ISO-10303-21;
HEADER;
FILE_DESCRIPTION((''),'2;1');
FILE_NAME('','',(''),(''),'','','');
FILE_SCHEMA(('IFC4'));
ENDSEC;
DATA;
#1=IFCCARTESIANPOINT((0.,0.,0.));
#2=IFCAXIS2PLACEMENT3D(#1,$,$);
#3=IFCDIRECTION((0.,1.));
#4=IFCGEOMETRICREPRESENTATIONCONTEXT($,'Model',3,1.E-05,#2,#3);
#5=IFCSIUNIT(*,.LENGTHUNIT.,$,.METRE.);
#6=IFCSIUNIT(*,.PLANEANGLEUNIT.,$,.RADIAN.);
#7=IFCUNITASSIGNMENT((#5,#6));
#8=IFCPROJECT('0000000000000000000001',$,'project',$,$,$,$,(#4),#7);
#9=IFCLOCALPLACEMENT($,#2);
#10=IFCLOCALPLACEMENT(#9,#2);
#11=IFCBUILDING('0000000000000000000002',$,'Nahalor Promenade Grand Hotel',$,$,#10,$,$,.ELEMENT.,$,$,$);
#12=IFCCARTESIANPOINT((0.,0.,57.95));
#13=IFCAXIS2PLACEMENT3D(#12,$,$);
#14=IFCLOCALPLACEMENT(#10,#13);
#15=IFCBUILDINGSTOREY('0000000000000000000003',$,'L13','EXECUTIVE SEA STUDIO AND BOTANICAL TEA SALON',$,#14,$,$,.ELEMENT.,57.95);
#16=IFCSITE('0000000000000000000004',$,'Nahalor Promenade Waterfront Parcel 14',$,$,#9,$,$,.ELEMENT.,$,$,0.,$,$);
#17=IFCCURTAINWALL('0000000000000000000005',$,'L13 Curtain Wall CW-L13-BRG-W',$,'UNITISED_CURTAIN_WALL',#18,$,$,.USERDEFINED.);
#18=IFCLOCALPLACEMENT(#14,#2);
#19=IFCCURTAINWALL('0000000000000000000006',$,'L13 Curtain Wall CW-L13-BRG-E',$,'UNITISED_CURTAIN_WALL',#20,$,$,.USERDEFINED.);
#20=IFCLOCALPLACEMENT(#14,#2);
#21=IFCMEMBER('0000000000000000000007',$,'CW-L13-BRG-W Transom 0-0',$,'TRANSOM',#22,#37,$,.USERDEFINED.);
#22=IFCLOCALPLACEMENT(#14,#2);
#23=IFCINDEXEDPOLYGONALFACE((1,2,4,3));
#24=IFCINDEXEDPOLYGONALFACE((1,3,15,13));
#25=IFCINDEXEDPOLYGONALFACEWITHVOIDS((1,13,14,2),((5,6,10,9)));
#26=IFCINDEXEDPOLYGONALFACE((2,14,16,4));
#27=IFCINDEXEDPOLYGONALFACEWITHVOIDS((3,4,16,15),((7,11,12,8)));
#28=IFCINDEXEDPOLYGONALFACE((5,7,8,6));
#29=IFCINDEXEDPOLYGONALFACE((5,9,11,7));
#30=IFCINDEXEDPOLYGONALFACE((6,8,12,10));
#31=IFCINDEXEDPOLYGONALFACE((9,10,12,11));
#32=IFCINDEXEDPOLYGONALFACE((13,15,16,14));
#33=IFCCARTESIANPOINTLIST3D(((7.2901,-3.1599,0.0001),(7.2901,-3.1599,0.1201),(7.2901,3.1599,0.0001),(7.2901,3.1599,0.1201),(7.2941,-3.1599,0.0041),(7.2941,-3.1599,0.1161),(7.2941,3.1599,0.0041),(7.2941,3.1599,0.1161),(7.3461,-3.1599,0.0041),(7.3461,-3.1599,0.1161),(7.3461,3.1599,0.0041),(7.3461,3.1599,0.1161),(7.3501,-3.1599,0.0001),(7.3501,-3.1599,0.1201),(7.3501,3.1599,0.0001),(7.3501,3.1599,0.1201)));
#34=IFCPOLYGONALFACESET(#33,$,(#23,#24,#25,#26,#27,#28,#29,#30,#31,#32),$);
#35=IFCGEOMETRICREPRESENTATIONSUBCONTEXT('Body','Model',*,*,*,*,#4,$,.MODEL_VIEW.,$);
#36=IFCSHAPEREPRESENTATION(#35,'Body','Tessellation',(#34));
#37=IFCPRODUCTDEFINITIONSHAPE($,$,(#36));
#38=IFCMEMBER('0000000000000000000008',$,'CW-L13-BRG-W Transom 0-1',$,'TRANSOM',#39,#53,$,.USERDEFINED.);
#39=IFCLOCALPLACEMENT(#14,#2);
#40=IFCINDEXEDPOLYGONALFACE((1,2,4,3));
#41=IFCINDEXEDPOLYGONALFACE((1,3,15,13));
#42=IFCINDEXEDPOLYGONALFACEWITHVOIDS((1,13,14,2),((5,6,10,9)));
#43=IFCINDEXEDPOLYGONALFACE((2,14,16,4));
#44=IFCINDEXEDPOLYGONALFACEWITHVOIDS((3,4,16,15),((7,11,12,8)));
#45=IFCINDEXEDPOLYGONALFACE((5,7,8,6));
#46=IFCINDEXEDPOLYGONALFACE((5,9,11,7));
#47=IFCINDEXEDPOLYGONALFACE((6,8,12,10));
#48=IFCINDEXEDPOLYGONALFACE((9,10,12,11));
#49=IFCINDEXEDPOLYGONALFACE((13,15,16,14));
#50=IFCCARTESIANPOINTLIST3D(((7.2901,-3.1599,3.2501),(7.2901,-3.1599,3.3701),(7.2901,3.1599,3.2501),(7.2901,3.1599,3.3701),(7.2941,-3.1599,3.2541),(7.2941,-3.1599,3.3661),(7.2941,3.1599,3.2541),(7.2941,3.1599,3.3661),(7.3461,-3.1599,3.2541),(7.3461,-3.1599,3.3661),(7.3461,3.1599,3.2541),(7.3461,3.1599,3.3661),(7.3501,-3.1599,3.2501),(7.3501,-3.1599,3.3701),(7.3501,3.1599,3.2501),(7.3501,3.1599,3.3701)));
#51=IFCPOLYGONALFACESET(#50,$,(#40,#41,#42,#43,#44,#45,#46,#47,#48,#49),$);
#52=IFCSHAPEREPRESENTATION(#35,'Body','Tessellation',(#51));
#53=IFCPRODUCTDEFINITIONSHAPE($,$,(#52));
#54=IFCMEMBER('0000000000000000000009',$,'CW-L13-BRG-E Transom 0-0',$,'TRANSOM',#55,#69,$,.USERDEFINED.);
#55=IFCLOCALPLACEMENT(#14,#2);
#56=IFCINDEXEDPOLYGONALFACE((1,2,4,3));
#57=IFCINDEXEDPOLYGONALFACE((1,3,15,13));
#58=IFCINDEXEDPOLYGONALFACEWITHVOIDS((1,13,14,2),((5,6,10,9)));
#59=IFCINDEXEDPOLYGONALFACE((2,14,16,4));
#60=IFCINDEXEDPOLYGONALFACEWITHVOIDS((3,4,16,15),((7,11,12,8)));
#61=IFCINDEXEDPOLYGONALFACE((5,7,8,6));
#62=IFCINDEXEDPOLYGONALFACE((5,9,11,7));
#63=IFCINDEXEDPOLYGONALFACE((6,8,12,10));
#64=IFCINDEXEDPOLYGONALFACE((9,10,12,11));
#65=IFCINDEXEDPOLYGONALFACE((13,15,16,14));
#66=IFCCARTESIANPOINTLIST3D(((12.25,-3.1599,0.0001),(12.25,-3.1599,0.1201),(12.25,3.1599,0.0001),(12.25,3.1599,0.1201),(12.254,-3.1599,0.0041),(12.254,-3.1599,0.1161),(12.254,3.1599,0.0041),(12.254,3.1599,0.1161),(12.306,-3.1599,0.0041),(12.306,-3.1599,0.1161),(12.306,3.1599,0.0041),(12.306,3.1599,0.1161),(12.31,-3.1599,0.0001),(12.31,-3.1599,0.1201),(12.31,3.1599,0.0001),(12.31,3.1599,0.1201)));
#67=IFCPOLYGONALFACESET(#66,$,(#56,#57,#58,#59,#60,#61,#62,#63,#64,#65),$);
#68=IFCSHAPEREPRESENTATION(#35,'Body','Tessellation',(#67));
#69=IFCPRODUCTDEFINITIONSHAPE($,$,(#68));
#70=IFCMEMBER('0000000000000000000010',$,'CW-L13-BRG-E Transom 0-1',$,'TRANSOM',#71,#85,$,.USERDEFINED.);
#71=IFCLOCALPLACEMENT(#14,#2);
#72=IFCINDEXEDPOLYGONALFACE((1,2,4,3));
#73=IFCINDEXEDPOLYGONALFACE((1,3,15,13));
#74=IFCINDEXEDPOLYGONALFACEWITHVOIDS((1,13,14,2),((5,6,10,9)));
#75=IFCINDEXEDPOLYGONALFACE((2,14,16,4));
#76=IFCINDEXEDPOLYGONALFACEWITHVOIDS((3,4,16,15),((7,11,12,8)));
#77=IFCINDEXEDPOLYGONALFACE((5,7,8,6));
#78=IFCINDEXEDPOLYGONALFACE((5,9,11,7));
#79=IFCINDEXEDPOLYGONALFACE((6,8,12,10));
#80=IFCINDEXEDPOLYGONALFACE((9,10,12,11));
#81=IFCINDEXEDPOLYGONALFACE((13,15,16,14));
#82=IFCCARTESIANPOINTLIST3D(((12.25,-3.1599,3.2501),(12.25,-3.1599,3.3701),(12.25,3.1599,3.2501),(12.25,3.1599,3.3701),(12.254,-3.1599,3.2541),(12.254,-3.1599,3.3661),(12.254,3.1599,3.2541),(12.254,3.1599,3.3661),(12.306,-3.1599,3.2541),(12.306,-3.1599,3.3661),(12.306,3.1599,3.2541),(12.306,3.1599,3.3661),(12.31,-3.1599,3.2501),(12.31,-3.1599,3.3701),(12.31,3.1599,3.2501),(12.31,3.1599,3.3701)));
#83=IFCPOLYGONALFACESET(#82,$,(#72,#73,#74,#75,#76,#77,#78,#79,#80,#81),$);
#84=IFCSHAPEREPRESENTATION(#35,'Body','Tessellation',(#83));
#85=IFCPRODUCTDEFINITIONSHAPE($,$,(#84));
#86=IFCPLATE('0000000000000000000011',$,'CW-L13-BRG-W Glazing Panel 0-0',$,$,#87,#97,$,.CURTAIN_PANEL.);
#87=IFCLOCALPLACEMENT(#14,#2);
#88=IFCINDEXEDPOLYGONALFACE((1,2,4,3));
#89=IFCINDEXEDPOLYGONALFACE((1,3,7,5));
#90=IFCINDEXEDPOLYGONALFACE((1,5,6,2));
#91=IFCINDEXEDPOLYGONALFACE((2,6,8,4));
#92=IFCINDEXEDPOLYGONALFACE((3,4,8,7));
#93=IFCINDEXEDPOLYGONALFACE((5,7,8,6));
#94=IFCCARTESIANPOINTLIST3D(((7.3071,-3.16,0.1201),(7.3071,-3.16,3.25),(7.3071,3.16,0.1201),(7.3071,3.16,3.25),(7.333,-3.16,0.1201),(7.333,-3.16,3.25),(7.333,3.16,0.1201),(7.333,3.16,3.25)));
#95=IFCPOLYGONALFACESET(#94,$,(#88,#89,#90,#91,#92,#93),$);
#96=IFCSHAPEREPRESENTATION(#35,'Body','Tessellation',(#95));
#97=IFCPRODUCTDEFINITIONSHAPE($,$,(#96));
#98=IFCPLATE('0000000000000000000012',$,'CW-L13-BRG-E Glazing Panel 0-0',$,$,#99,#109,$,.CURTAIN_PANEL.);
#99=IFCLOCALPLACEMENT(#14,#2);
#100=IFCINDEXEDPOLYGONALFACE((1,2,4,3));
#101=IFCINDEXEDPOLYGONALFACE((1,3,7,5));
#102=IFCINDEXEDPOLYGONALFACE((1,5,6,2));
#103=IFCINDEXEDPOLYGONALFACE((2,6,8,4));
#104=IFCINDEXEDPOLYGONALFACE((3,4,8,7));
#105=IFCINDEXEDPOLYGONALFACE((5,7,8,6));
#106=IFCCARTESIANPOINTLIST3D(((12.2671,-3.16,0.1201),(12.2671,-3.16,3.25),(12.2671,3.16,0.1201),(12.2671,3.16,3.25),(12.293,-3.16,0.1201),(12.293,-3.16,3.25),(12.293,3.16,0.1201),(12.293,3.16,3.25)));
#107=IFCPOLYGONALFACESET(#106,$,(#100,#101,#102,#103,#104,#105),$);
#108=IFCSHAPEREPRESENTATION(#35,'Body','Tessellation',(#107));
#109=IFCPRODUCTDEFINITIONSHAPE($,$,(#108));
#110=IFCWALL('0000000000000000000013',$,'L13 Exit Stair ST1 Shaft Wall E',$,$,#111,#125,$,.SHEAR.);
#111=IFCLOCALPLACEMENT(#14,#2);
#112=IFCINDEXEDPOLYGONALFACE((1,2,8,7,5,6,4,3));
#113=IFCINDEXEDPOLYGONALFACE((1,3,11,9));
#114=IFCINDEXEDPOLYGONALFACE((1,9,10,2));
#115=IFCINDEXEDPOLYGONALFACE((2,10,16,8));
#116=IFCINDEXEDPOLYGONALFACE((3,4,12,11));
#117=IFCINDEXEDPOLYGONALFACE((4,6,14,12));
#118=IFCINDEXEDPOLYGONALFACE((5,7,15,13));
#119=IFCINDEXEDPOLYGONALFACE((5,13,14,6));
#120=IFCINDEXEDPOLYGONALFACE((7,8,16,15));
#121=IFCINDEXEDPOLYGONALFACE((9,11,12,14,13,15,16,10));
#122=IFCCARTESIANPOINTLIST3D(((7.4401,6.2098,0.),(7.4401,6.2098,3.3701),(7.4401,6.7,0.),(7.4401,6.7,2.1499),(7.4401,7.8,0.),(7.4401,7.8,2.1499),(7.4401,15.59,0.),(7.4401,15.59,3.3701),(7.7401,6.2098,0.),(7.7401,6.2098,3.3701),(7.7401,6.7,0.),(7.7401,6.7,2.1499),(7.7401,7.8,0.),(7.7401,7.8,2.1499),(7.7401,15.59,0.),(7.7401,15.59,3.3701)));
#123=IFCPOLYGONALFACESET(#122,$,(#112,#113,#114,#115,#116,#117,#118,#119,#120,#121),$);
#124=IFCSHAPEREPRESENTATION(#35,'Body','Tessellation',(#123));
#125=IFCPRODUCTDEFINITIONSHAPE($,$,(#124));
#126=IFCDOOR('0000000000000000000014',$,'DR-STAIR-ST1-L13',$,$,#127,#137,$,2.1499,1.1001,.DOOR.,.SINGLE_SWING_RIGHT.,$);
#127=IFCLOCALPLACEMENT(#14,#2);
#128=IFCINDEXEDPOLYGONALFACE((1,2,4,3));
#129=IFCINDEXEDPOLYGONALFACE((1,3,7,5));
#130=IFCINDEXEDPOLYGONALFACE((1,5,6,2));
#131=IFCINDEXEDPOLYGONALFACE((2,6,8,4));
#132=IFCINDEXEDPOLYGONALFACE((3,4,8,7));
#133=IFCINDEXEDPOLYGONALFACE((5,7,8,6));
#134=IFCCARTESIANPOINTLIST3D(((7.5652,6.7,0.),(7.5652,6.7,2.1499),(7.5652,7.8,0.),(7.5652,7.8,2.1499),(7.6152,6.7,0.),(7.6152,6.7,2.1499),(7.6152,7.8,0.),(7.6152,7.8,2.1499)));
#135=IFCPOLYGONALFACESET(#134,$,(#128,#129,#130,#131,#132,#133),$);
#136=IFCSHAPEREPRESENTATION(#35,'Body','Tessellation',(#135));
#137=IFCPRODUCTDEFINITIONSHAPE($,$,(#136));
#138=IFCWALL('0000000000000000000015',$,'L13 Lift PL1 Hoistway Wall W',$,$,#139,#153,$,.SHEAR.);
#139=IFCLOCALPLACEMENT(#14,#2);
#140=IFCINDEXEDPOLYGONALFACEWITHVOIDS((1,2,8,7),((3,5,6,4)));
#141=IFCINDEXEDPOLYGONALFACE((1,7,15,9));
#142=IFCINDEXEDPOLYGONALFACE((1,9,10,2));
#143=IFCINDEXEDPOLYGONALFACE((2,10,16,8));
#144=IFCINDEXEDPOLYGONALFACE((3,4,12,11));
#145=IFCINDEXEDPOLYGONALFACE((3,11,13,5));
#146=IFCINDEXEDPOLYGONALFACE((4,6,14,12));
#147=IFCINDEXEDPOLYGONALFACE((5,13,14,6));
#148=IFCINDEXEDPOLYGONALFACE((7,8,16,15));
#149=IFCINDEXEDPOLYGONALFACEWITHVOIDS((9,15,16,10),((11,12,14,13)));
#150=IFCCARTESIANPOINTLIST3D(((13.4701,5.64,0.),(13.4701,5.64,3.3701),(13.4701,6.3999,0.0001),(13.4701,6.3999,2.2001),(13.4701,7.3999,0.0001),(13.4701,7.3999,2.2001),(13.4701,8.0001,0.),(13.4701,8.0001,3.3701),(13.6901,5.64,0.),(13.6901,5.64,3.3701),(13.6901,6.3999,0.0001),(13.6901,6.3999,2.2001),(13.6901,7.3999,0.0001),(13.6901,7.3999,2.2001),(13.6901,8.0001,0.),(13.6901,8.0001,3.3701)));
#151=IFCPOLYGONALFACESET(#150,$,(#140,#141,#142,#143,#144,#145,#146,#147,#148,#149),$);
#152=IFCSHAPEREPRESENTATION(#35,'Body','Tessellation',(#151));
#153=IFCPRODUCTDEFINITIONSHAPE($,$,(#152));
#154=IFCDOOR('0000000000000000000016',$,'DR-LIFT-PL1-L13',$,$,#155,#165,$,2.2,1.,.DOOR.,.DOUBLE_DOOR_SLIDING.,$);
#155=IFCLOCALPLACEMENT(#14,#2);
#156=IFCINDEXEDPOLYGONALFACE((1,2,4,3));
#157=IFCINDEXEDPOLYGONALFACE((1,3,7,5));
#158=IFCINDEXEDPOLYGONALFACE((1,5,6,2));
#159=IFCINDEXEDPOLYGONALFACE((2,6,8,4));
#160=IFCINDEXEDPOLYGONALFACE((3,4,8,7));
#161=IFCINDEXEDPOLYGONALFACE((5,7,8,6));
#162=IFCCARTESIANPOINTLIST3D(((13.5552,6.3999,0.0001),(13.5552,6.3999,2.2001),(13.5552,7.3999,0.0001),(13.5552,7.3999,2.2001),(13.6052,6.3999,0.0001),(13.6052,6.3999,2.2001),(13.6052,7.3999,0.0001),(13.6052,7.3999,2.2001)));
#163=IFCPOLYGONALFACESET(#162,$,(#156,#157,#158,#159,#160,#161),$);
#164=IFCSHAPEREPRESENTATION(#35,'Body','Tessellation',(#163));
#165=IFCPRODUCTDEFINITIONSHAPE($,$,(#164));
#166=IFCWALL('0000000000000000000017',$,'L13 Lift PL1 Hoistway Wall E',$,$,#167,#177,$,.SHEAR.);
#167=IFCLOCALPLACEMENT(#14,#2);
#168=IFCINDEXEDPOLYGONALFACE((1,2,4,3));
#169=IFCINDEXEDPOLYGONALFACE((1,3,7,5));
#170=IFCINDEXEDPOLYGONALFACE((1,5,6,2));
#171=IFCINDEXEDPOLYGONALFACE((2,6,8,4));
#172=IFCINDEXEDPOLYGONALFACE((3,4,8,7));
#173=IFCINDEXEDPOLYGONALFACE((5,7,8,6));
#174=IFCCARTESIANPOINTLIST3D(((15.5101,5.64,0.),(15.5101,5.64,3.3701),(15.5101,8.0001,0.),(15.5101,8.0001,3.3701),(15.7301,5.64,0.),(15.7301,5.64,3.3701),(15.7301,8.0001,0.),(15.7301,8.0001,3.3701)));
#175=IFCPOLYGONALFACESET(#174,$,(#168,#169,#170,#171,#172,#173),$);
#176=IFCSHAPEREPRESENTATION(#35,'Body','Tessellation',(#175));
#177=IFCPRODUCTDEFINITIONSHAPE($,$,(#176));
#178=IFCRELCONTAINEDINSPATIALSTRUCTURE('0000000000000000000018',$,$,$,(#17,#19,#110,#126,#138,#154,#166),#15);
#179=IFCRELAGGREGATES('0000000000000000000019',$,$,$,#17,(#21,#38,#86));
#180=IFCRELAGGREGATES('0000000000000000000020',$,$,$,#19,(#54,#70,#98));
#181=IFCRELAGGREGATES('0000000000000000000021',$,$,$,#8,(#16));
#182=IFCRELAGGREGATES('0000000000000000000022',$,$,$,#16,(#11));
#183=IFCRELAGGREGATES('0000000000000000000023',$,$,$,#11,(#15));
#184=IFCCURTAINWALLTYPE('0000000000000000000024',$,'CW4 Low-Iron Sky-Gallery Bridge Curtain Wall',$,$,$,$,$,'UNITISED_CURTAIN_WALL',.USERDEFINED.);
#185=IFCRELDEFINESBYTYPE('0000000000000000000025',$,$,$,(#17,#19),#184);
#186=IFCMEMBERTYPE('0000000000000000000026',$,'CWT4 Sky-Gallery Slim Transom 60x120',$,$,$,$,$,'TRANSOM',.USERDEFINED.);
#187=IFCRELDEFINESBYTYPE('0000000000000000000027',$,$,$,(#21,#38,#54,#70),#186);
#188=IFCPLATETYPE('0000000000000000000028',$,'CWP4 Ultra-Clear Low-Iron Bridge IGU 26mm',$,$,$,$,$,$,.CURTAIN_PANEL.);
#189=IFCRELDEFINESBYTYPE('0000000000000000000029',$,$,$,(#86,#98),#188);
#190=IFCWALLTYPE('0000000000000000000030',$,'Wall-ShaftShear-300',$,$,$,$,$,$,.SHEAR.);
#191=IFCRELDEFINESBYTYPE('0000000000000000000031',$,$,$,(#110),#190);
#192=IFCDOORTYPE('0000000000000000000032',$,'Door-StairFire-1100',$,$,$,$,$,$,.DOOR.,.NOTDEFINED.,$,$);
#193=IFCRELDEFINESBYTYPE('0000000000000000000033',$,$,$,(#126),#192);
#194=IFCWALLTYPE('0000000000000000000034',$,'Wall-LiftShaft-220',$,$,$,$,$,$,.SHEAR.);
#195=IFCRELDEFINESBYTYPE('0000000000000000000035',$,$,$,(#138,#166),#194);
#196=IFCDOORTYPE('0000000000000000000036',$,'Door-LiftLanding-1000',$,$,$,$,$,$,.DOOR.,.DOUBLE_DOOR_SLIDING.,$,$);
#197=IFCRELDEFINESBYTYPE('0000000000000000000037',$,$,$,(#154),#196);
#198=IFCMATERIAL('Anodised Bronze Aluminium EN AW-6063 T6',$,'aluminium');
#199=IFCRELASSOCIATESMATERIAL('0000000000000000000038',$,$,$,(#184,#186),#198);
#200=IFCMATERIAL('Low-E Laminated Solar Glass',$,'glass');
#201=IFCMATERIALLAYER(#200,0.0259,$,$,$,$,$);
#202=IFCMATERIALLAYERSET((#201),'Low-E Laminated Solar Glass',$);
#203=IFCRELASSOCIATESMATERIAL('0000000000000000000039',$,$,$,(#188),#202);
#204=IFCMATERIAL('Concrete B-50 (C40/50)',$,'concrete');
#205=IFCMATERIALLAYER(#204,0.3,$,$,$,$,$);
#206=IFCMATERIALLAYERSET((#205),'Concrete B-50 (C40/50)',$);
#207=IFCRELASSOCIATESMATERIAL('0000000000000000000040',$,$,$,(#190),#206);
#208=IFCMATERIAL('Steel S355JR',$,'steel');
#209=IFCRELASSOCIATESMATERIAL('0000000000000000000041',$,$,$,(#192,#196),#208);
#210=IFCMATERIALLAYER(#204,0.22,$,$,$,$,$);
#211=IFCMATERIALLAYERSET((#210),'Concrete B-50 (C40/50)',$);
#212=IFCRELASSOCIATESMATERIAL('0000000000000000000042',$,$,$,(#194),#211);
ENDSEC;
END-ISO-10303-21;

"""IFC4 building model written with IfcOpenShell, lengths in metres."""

from ifc_helpers import new_model, si_unit, direction, frame, frame_2d, origin, origin_2d, place, context, subcontext, project, spatial, rectangle, hollow_rectangle, extrude, source, transform, mapped, material, layer, layer_set, material_profile, profile_set, type_object, element, fill, aggregate, save


model = new_model("IFC4")

# Units and contexts
model_context = context("Model", 3, precision=1e-05, world=origin(), true_north=direction((0.0, 1.0)))
body_context = subcontext(model_context, "Body", "Model", "MODEL_VIEW")
ifc_project = project(units=[si_unit("LENGTHUNIT", "METRE"), si_unit("PLANEANGLEUNIT", "RADIAN")], contexts=[model_context])

# Site, building, storey
site_placement = place(None, origin())
site = spatial("IfcSite", under=ifc_project, at=site_placement, Name="Nahalor Promenade Waterfront Parcel 14", CompositionType="ELEMENT", RefElevation=0.0)
building_placement = place(site_placement, origin())
building = spatial("IfcBuilding", under=site, at=building_placement, Name="Nahalor Promenade Grand Hotel", CompositionType="ELEMENT")
storey_placement = place(building_placement, frame((0.0, 0.0, 57.95)))
storey = spatial("IfcBuildingStorey", under=building, at=storey_placement, Name="L13", Description="EXECUTIVE SEA STUDIO AND BOTANICAL TEA SALON", CompositionType="ELEMENT", Elevation=57.95)

# Shared definitions
ifc_material_1 = material(Name="Steel S355JR", Category="steel")

# Shared definitions
ifc_material_2 = material(Name="Anodised Bronze Aluminium EN AW-6063 T6", Category="aluminium")

# Curtain walls
curtain_wall_type_1 = type_object("IfcCurtainWallType", Name="CW4 Low-Iron Sky-Gallery Bridge Curtain Wall", ElementType="UNITISED_CURTAIN_WALL", PredefinedType="USERDEFINED", material=ifc_material_2)
curtain_wall_1_placement = place(storey_placement, origin())
curtain_wall_1 = element("IfcCurtainWall", 1, at=curtain_wall_1_placement, inside=storey, type_object=curtain_wall_type_1, Name="L13 Curtain Wall CW-L13-BRG-W", ObjectType="UNITISED_CURTAIN_WALL", PredefinedType="USERDEFINED")
curtain_wall_2_placement = place(storey_placement, origin())
curtain_wall_2 = element("IfcCurtainWall", 2, at=curtain_wall_2_placement, inside=storey, type_object=curtain_wall_type_1, Name="L13 Curtain Wall CW-L13-BRG-E", ObjectType="UNITISED_CURTAIN_WALL", PredefinedType="USERDEFINED")

# Members
ifc_material_profile_1 = material_profile(ifc_material_2, hollow_rectangle(XDim=0.06, YDim=0.12, WallThickness=0.004, at=origin_2d()), Name="CWT 60x120x4")
ifc_profile_set_1 = profile_set([ifc_material_profile_1], Name="Anodised Bronze Aluminium EN AW-6063 T6")
member_type_1 = type_object("IfcMemberType", Name="CWT4 Sky-Gallery Slim Transom 60x120", ElementType="TRANSOM", PredefinedType="USERDEFINED", material=ifc_profile_set_1)
shared_shape_1 = source(origin(), body_context, "Body", "SweptSolid", [
    extrude(hollow_rectangle(XDim=0.06, YDim=0.12, WallThickness=0.004, at=origin_2d()), origin(), (0.0, 0.0, 1.0), 6.3198),
])
member_1_placement = place(storey_placement, frame((7.3201, -3.1599, 0.0601), z_axis=(0.0, 1.0, 0.0), x_axis=(-1.0, 0.0, 0.0)))
member_1 = element("IfcMember", 3, at=member_1_placement, type_object=member_type_1, Name="CW-L13-BRG-W Transom 0-0", ObjectType="TRANSOM", PredefinedType="USERDEFINED", context=body_context, shape_type="MappedRepresentation", body=[
    mapped(shared_shape_1, transform((0.0, 0.0, 0.0), scale=1.0)),
])
member_2_placement = place(storey_placement, frame((7.3201, -3.1599, 3.3101), z_axis=(0.0, 1.0, 0.0), x_axis=(-1.0, 0.0, 0.0)))
member_2 = element("IfcMember", 4, at=member_2_placement, type_object=member_type_1, Name="CW-L13-BRG-W Transom 0-1", ObjectType="TRANSOM", PredefinedType="USERDEFINED", context=body_context, shape_type="MappedRepresentation", body=[
    mapped(shared_shape_1, transform((0.0, 0.0, 0.0), scale=1.0)),
])
member_3_placement = place(storey_placement, frame((12.28, -3.1599, 0.0601), z_axis=(0.0, 1.0, 0.0), x_axis=(-1.0, 0.0, 0.0)))
member_3 = element("IfcMember", 5, at=member_3_placement, type_object=member_type_1, Name="CW-L13-BRG-E Transom 0-0", ObjectType="TRANSOM", PredefinedType="USERDEFINED", context=body_context, shape_type="MappedRepresentation", body=[
    mapped(shared_shape_1, transform((0.0, 0.0, 0.0), scale=1.0)),
])
member_4_placement = place(storey_placement, frame((12.28, -3.1599, 3.3101), z_axis=(0.0, 1.0, 0.0), x_axis=(-1.0, 0.0, 0.0)))
member_4 = element("IfcMember", 6, at=member_4_placement, type_object=member_type_1, Name="CW-L13-BRG-E Transom 0-1", ObjectType="TRANSOM", PredefinedType="USERDEFINED", context=body_context, shape_type="MappedRepresentation", body=[
    mapped(shared_shape_1, transform((0.0, 0.0, 0.0), scale=1.0)),
])

# Plates
ifc_material_3 = material(Name="Low-E Laminated Solar Glass", Category="glass")
ifc_layer_1 = layer(ifc_material_3, 0.0259)
ifc_layer_set_1 = layer_set([ifc_layer_1], Name="Low-E Laminated Solar Glass")
plate_type = type_object("IfcPlateType", Name="CWP4 Ultra-Clear Low-Iron Bridge IGU 26mm", PredefinedType="CURTAIN_PANEL", material=ifc_layer_set_1)
shared_shape_2 = source(origin(), body_context, "Body", "SweptSolid", [
    extrude(rectangle(XDim=6.3201, YDim=0.0259, at=origin_2d()), origin(), (0.0, 0.0, 1.0), 3.1299),
])
plate_1_placement = place(storey_placement, frame((7.3201, 0.0, 0.1201), z_axis=(0.0, 0.0, 1.0), x_axis=(0.0, 1.0, 0.0)))
plate_1 = element("IfcPlate", 7, at=plate_1_placement, type_object=plate_type, Name="CW-L13-BRG-W Glazing Panel 0-0", PredefinedType="CURTAIN_PANEL", context=body_context, shape_type="MappedRepresentation", body=[
    mapped(shared_shape_2, transform((0.0, 0.0, 0.0), scale=1.0)),
])
aggregate(curtain_wall_1, [member_1, member_2, plate_1])
plate_2_placement = place(storey_placement, frame((12.28, 0.0, 0.1201), z_axis=(0.0, 0.0, 1.0), x_axis=(0.0, 1.0, 0.0)))
plate_2 = element("IfcPlate", 8, at=plate_2_placement, type_object=plate_type, Name="CW-L13-BRG-E Glazing Panel 0-0", PredefinedType="CURTAIN_PANEL", context=body_context, shape_type="MappedRepresentation", body=[
    mapped(shared_shape_2, transform((0.0, 0.0, 0.0), scale=1.0)),
])
aggregate(curtain_wall_2, [member_3, member_4, plate_2])

# Walls, openings, doors
ifc_material_4 = material(Name="Concrete B-50 (C40/50)", Category="concrete")
ifc_layer_2 = layer(ifc_material_4, 0.3)
ifc_layer_set_2 = layer_set([ifc_layer_2], Name="Concrete B-50 (C40/50)")
wall_type_1 = type_object("IfcWallType", Name="Wall-ShaftShear-300", PredefinedType="SHEAR", material=ifc_layer_set_2)
shared_shape_3 = source(origin(), body_context, "Body", "SweptSolid", [
    extrude(rectangle(XDim=9.3801, YDim=0.3, at=frame_2d((4.6899, 0.0))), origin(), (0.0, 0.0, 1.0), 3.3701),
])
wall_1_placement = place(storey_placement, frame((7.5901, 6.21, 0.0), z_axis=(0.0, 0.0, 1.0), x_axis=(0.0, 1.0, 0.0)))
wall_1 = element("IfcWall", 9, at=wall_1_placement, inside=storey, type_object=wall_type_1, Name="L13 Exit Stair ST1 Shaft Wall E", PredefinedType="SHEAR", context=body_context, shape_type="MappedRepresentation", body=[
    mapped(shared_shape_3, transform((0.0, 0.0, 0.0), scale=1.0)),
])
opening_1_placement = place(wall_1_placement, frame((0.49, 0.0, 0.0)))
opening_1 = element("IfcOpeningElement", 10, at=opening_1_placement, cuts=wall_1, PredefinedType="OPENING", context=body_context, shape_type="SweptSolid", body=[
    extrude(rectangle(XDim=1.1001, YDim=2.1499, at=frame_2d((0.55, 1.075))), frame((0.0, 0.1599, 0.0), z_axis=(0.0, -1.0, 0.0), x_axis=(1.0, 0.0, 0.0)), (0.0, 0.0, 1.0), 0.3201),
])
door_type_1 = type_object("IfcDoorType", Name="Door-StairFire-1100", OperationType="NOTDEFINED", PredefinedType="DOOR", material=ifc_material_1)
shared_shape_4 = source(origin(), body_context, "Body", "SweptSolid", [
    extrude(rectangle(XDim=1.1001, YDim=2.1499, at=frame_2d((0.55, 1.075))), frame((0.0, 0.0249, 0.0), z_axis=(0.0, -1.0, 0.0), x_axis=(1.0, 0.0, 0.0)), (0.0, 0.0, 1.0), 0.05),
])
door_1_placement = place(opening_1_placement, origin())
door_1 = element("IfcDoor", 11, at=door_1_placement, inside=storey, type_object=door_type_1, Name="DR-STAIR-ST1-L13", OperationType="SINGLE_SWING_RIGHT", OverallHeight=2.1499, OverallWidth=1.1001, PredefinedType="DOOR", context=body_context, shape_type="MappedRepresentation", body=[
    mapped(shared_shape_4, transform((0.0, 0.0, 0.0), scale=1.0)),
])
fill(opening_1, door_1)
ifc_layer_3 = layer(ifc_material_4, 0.22)
ifc_layer_set_3 = layer_set([ifc_layer_3], Name="Concrete B-50 (C40/50)")
wall_type_2 = type_object("IfcWallType", Name="Wall-LiftShaft-220", PredefinedType="SHEAR", material=ifc_layer_set_3)
shared_shape_5 = source(origin(), body_context, "Body", "SweptSolid", [
    extrude(rectangle(XDim=2.3601, YDim=0.22, at=frame_2d((1.1802, 0.0))), origin(), (0.0, 0.0, 1.0), 3.3701),
])
wall_2_placement = place(storey_placement, frame((13.5801, 5.6399, 0.0), z_axis=(0.0, 0.0, 1.0), x_axis=(0.0, 1.0, 0.0)))
wall_2 = element("IfcWall", 12, at=wall_2_placement, inside=storey, type_object=wall_type_2, Name="L13 Lift PL1 Hoistway Wall W", PredefinedType="SHEAR", context=body_context, shape_type="MappedRepresentation", body=[
    mapped(shared_shape_5, transform((0.0, 0.0, 0.0), scale=1.0)),
])
opening_2_placement = place(wall_2_placement, frame((0.76, 0.0, 0.0)))
opening_2 = element("IfcOpeningElement", 13, at=opening_2_placement, cuts=wall_2, PredefinedType="OPENING", context=body_context, shape_type="SweptSolid", body=[
    extrude(rectangle(XDim=1.0, YDim=2.2, at=frame_2d((0.5, 1.1001))), frame((0.0, 0.1199, 0.0), z_axis=(0.0, -1.0, 0.0), x_axis=(1.0, 0.0, 0.0)), (0.0, 0.0, 1.0), 0.24),
])
door_type_2 = type_object("IfcDoorType", Name="Door-LiftLanding-1000", OperationType="DOUBLE_DOOR_SLIDING", PredefinedType="DOOR", material=ifc_material_1)
shared_shape_6 = source(origin(), body_context, "Body", "SweptSolid", [
    extrude(rectangle(XDim=1.0, YDim=2.2, at=frame_2d((0.5, 1.1001))), frame((0.0, 0.0249, 0.0), z_axis=(0.0, -1.0, 0.0), x_axis=(1.0, 0.0, 0.0)), (0.0, 0.0, 1.0), 0.05),
])
door_2_placement = place(opening_2_placement, origin())
door_2 = element("IfcDoor", 14, at=door_2_placement, inside=storey, type_object=door_type_2, Name="DR-LIFT-PL1-L13", OperationType="DOUBLE_DOOR_SLIDING", OverallHeight=2.2, OverallWidth=1.0, PredefinedType="DOOR", context=body_context, shape_type="MappedRepresentation", body=[
    mapped(shared_shape_6, transform((0.0, 0.0, 0.0), scale=1.0)),
])
fill(opening_2, door_2)

# Wall
wall_3_placement = place(storey_placement, frame((15.6201, 5.6399, 0.0), z_axis=(0.0, 0.0, 1.0), x_axis=(0.0, 1.0, 0.0)))
element("IfcWall", 15, at=wall_3_placement, inside=storey, type_object=wall_type_2, Name="L13 Lift PL1 Hoistway Wall E", PredefinedType="SHEAR", context=body_context, shape_type="MappedRepresentation", body=[
    mapped(shared_shape_5, transform((0.0, 0.0, 0.0), scale=1.0)),
])

save(model, "model.ifc")
